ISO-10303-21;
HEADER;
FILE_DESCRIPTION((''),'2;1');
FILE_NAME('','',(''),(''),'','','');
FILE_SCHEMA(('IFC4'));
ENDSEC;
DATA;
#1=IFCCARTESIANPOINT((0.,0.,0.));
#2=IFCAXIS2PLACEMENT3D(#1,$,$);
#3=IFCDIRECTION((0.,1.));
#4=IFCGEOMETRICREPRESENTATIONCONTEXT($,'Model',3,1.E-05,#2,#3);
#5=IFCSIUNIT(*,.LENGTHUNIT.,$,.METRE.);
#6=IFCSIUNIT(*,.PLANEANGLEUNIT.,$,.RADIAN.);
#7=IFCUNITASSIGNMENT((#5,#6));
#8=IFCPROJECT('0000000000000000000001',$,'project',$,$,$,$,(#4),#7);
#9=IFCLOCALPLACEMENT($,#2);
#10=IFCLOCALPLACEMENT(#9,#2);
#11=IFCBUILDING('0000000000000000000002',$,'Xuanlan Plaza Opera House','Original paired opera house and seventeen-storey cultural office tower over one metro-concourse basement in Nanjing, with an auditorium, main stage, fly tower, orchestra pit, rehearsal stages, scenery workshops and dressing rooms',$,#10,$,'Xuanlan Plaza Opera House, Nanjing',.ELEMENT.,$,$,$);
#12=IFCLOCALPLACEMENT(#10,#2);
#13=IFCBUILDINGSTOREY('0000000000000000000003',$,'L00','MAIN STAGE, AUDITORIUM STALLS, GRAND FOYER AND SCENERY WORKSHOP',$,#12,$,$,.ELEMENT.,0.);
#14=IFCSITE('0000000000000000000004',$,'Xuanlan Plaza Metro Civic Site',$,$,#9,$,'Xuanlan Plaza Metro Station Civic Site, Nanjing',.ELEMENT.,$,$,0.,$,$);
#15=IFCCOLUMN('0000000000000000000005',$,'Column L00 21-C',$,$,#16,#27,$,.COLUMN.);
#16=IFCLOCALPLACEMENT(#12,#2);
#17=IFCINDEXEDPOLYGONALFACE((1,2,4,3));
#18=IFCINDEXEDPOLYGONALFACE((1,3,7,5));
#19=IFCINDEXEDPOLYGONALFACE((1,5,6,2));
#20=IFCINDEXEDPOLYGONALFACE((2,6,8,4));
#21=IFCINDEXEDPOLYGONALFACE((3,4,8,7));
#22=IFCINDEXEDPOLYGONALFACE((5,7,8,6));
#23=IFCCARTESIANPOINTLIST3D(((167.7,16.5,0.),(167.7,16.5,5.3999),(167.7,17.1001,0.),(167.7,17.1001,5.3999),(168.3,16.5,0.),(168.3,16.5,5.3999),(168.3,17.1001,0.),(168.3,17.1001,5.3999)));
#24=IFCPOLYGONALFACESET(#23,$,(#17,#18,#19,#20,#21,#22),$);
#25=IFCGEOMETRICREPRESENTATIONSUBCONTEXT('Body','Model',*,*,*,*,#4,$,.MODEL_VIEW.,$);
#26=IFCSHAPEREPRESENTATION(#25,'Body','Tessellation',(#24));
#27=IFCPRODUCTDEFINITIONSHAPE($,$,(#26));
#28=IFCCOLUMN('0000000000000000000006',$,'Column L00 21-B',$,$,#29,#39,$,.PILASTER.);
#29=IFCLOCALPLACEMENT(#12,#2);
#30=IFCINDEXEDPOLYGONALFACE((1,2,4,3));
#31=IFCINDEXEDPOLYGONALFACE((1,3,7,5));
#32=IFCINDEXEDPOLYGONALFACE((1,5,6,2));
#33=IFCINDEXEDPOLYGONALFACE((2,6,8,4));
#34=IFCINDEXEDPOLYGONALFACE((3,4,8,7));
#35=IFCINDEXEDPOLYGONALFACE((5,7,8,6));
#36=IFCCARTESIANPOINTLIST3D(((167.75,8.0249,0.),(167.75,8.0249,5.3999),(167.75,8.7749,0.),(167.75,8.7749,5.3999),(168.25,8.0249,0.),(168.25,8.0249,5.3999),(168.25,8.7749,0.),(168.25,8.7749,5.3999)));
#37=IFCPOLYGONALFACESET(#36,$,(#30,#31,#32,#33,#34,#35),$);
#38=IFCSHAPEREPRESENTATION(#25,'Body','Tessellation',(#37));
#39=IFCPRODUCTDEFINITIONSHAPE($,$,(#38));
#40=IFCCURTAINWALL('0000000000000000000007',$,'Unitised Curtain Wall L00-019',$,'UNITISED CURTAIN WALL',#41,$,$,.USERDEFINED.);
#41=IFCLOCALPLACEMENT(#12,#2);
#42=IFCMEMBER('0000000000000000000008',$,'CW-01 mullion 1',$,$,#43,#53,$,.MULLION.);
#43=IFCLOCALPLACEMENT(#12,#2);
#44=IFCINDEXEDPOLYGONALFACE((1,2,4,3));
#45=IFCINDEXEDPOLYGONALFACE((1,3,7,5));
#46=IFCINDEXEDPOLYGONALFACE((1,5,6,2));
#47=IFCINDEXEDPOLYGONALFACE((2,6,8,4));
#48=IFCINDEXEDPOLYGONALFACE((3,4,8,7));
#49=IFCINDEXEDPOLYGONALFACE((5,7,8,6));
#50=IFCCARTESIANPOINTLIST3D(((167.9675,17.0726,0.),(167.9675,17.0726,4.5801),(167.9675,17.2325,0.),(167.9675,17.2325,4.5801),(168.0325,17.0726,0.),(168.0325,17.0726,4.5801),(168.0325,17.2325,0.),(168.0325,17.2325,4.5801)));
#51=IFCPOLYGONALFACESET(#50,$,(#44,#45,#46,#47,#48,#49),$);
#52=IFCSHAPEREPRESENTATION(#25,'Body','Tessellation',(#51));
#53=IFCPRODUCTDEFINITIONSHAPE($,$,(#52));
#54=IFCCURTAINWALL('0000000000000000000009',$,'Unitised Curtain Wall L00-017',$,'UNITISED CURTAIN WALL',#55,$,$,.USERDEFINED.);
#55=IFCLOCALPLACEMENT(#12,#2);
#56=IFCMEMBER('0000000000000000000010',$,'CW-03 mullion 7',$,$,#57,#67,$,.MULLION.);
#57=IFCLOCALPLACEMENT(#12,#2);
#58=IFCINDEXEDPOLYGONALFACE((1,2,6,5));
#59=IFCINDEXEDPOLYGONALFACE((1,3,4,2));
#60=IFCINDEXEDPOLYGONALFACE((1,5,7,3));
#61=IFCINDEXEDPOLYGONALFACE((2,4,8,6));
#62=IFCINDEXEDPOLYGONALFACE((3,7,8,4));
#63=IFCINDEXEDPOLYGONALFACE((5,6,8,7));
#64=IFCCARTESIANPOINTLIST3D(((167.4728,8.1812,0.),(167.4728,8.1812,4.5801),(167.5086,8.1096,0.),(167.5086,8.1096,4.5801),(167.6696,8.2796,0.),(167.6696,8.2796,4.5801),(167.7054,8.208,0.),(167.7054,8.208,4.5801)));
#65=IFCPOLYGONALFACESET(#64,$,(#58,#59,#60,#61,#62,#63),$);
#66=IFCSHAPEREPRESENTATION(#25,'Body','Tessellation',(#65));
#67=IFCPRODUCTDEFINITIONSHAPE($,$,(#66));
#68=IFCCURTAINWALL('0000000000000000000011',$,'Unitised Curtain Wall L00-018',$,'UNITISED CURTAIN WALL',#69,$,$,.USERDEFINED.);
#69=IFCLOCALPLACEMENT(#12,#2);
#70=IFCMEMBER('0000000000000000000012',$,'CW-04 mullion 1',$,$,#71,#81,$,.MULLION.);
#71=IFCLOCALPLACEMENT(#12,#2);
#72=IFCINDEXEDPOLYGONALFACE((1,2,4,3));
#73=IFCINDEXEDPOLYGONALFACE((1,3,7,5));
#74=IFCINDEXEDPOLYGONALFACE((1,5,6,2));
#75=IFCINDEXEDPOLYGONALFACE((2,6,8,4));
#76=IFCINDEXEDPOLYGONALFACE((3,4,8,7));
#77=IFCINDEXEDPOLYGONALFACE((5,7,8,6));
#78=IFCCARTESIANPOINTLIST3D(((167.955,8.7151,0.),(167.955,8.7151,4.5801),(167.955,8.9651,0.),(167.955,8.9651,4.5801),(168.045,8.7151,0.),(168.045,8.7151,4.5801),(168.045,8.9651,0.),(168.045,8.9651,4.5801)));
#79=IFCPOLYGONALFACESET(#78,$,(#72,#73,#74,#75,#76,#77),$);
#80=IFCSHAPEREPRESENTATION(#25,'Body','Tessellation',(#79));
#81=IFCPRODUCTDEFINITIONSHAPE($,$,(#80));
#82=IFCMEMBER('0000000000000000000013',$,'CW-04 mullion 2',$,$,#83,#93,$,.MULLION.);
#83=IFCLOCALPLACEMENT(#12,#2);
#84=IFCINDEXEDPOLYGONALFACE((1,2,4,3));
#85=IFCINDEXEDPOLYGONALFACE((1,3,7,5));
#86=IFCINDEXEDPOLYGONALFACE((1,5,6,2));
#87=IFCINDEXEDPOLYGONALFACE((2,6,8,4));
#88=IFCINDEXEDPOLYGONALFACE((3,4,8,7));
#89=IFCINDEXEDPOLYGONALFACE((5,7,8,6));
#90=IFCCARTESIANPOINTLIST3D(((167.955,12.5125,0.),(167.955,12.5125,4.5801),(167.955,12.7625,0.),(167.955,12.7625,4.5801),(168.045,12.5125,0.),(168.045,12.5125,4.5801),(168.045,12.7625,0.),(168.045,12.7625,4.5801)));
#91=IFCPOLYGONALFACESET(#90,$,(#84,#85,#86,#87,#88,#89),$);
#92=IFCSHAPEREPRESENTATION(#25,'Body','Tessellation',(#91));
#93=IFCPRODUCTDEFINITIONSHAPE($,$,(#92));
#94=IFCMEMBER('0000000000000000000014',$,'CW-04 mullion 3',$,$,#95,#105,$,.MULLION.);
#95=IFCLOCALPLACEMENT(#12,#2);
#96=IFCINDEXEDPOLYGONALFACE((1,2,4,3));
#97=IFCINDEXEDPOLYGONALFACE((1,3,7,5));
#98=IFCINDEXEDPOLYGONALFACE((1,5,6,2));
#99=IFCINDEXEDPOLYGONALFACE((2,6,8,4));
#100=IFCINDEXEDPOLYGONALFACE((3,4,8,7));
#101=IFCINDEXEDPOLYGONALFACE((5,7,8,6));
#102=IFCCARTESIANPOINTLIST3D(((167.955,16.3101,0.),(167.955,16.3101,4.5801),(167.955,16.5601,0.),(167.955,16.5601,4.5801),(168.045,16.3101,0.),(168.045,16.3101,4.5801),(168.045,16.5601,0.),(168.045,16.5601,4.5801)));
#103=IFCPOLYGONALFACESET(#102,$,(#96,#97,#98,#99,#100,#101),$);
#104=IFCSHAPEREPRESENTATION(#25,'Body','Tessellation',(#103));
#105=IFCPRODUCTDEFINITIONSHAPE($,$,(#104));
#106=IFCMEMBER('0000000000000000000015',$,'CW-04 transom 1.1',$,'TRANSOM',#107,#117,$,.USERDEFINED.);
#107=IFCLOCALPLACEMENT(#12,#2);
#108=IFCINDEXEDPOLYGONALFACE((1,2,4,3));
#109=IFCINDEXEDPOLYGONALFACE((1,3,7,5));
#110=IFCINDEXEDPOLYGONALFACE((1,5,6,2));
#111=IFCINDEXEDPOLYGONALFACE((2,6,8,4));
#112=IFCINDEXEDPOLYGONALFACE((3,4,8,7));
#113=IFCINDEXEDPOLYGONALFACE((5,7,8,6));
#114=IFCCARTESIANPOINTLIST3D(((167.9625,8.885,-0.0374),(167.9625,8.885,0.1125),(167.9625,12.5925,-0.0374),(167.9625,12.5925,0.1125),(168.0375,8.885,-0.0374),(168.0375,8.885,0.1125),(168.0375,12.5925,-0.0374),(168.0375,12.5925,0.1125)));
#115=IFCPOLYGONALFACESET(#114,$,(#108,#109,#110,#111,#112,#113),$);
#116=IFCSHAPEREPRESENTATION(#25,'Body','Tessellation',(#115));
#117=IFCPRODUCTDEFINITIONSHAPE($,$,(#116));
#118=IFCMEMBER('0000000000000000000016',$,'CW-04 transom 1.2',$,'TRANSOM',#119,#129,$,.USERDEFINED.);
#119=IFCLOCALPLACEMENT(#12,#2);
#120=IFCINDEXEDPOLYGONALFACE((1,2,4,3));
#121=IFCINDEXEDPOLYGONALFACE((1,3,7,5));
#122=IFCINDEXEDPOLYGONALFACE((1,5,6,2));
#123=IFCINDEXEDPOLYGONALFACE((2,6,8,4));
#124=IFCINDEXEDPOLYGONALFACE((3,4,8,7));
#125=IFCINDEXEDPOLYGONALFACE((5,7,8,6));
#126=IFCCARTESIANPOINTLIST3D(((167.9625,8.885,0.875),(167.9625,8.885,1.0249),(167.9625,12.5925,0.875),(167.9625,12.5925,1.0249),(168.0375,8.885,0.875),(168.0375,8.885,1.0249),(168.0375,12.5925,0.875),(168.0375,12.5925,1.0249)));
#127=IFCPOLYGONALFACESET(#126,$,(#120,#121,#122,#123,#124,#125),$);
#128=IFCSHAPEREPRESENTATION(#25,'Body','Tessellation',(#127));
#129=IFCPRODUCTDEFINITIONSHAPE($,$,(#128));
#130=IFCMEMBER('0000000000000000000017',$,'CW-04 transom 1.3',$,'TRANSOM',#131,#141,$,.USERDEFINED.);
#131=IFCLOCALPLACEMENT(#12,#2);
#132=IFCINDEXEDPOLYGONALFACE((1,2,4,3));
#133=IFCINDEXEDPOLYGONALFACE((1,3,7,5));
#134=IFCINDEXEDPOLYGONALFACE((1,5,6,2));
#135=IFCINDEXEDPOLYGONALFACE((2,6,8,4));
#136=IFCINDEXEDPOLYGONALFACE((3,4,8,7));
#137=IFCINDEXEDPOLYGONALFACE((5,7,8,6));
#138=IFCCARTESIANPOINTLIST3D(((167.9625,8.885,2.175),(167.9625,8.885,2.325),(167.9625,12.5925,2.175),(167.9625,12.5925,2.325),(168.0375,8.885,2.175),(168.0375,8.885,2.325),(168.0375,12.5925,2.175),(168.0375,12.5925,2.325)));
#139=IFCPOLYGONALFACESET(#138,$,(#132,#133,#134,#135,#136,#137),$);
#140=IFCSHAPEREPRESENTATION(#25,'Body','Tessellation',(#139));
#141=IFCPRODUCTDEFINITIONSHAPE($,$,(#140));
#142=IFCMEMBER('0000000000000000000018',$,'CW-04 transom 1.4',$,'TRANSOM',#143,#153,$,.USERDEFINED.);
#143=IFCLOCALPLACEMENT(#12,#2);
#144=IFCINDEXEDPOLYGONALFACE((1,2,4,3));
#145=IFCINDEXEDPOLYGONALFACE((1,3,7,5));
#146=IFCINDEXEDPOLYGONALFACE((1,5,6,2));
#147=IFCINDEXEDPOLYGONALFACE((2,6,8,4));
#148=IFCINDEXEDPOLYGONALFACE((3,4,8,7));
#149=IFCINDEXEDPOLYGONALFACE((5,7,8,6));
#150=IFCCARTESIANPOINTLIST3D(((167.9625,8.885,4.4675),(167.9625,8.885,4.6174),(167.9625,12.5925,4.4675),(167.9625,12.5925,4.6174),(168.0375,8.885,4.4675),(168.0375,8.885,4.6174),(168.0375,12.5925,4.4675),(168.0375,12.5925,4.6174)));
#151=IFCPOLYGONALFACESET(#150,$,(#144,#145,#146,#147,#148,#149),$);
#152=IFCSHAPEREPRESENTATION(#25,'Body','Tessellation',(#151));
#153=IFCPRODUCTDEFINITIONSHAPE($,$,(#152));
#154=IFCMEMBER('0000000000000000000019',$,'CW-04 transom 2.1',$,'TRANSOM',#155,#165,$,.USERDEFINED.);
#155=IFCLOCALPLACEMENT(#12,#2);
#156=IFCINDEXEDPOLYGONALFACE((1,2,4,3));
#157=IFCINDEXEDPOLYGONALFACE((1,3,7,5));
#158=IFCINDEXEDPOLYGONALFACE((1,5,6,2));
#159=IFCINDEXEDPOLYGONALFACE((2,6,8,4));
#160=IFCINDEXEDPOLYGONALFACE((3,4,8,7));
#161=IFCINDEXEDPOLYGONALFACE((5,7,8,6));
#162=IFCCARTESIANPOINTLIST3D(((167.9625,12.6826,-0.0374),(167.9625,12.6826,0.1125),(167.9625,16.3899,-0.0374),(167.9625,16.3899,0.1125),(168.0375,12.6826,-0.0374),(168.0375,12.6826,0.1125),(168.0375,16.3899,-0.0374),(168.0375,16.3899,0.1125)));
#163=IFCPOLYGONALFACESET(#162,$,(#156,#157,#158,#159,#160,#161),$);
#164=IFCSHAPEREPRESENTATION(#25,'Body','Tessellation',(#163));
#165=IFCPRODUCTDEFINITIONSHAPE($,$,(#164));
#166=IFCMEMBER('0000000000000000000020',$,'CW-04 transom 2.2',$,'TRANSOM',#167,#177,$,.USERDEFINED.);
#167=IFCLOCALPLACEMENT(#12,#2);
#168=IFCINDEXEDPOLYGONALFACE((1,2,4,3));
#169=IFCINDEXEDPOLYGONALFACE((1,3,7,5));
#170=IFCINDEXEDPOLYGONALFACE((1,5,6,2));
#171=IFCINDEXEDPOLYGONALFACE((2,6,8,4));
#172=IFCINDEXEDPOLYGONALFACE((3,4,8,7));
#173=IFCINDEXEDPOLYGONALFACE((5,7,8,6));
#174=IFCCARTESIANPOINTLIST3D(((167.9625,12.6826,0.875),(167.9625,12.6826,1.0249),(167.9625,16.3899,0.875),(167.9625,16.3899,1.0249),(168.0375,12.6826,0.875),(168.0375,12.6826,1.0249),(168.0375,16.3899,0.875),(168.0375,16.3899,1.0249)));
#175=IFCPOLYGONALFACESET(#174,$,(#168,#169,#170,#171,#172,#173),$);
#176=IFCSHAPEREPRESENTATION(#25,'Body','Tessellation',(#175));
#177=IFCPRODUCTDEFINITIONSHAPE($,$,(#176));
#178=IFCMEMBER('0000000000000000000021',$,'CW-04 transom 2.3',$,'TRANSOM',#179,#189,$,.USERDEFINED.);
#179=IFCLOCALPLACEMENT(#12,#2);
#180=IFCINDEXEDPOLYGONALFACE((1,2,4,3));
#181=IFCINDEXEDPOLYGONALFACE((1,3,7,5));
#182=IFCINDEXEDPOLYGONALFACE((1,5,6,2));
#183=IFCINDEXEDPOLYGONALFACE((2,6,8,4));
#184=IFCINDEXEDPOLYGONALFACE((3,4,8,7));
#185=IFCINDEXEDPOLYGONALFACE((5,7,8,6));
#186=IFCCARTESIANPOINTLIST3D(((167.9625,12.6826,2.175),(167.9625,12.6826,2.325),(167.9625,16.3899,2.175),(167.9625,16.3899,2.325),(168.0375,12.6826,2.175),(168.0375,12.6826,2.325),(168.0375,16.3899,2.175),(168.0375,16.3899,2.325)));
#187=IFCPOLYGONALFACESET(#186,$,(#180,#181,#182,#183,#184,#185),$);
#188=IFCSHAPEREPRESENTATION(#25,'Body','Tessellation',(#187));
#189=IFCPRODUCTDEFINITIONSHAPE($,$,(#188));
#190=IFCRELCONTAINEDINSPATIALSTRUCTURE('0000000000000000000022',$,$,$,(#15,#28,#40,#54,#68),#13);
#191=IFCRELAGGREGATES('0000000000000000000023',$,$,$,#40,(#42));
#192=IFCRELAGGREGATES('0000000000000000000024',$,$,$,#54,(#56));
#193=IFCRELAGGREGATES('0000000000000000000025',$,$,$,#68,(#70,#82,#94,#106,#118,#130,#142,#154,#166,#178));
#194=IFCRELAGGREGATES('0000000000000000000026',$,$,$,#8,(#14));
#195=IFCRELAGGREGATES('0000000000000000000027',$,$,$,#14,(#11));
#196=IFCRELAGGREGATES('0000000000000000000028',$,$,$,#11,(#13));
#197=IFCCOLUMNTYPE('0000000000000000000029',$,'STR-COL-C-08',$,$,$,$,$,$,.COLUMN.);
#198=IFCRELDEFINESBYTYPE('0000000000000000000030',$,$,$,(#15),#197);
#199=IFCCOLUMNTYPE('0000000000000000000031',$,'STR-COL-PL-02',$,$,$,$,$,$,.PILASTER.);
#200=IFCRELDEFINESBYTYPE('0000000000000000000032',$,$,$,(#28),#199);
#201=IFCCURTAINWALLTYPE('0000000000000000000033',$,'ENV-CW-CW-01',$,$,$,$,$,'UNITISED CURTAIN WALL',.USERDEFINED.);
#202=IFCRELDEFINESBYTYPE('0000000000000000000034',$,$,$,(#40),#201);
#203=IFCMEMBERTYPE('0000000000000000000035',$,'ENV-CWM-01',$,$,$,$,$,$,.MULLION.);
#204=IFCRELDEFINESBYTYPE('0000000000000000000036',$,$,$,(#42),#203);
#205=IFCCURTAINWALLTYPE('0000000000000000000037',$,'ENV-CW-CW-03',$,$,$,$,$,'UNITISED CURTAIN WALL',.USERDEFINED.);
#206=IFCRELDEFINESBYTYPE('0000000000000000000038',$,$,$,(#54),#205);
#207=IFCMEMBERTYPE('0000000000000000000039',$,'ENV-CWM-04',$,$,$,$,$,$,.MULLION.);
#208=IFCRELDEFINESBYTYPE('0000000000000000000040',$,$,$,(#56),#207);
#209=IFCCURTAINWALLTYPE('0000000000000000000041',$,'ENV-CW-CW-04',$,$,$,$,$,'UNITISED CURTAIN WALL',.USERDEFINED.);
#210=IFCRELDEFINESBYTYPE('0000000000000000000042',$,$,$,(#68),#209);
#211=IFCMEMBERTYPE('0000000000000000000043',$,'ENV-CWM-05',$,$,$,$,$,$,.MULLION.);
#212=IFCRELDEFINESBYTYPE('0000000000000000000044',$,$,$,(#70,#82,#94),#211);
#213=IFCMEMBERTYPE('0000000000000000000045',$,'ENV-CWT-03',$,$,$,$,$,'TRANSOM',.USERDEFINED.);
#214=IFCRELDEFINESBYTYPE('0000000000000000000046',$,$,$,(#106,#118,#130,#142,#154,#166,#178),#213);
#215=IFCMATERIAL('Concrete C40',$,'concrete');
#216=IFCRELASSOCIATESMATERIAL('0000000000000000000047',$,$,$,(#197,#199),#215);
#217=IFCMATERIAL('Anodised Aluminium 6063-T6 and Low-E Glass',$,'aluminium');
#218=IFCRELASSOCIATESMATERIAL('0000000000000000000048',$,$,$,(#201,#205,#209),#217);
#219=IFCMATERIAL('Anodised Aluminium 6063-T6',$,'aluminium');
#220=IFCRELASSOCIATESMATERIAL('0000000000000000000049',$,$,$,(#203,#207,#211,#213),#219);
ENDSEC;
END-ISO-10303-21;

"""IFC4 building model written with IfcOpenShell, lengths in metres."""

from ifc_helpers import new_model, si_unit, direction, frame, origin, origin_2d, place, context, subcontext, project, spatial, rectangle, extrude, material, material_profile, profile_set, type_object, element, aggregate, save


model = new_model("IFC4")

# Units and contexts
model_context = context("Model", 3, precision=1e-05, world=origin(), true_north=direction((0.0, 1.0)))
body_context = subcontext(model_context, "Body", "Model", "MODEL_VIEW")
ifc_project = project(units=[si_unit("LENGTHUNIT", "METRE"), si_unit("PLANEANGLEUNIT", "RADIAN")], contexts=[model_context])

# Site, building, storey
site_placement = place(None, origin())
site = spatial("IfcSite", under=ifc_project, at=site_placement, Name="Xuanlan Plaza Metro Civic Site", LongName="Xuanlan Plaza Metro Station Civic Site, Nanjing", CompositionType="ELEMENT", RefElevation=0.0)
building_placement = place(site_placement, origin())
building = spatial("IfcBuilding", under=site, at=building_placement, Name="Xuanlan Plaza Opera House", Description="Original paired opera house and seventeen-storey cultural office tower over one metro-concourse basement in Nanjing, with an auditorium, main stage, fly tower, orchestra pit, rehearsal stages, scenery workshops and dressing rooms", LongName="Xuanlan Plaza Opera House, Nanjing", CompositionType="ELEMENT")
storey_placement = place(building_placement, origin())
storey = spatial("IfcBuildingStorey", under=building, at=storey_placement, Name="L00", Description="MAIN STAGE, AUDITORIUM STALLS, GRAND FOYER AND SCENERY WORKSHOP", CompositionType="ELEMENT", Elevation=0.0)

# Columns
ifc_material_1 = material(Name="Concrete C40", Category="concrete")
ifc_material_profile_1 = material_profile(ifc_material_1, rectangle(XDim=0.6001, YDim=0.6001, at=origin_2d()), Name="RC-COL 600x600")
ifc_profile_set_1 = profile_set([ifc_material_profile_1], Name="Concrete C40")
column_type_1 = type_object("IfcColumnType", Name="STR-COL-C-08", PredefinedType="COLUMN", material=ifc_profile_set_1)
column_1_placement = place(storey_placement, frame((168.0, 16.8, 0.0), z_axis=(0.0, 0.0, 1.0), x_axis=(1.0, 0.0, 0.0)))
element("IfcColumn", 1, at=column_1_placement, inside=storey, type_object=column_type_1, Name="Column L00 21-C", PredefinedType="COLUMN", context=body_context, shape_type="SweptSolid", body=[
    extrude(rectangle(XDim=0.6001, YDim=0.6001, at=origin_2d()), origin(), (0.0, 0.0, 1.0), 5.3999),
])
ifc_material_profile_2 = material_profile(ifc_material_1, rectangle(XDim=0.5, YDim=0.75, at=origin_2d()), Name="RC-PIL 500x750")
ifc_profile_set_2 = profile_set([ifc_material_profile_2], Name="Concrete C40")
column_type_2 = type_object("IfcColumnType", Name="STR-COL-PL-02", PredefinedType="PILASTER", material=ifc_profile_set_2)
column_2_placement = place(storey_placement, frame((168.0, 8.3999, 0.0), z_axis=(0.0, 0.0, 1.0), x_axis=(1.0, 0.0, 0.0)))
element("IfcColumn", 2, at=column_2_placement, inside=storey, type_object=column_type_2, Name="Column L00 21-B", PredefinedType="PILASTER", context=body_context, shape_type="SweptSolid", body=[
    extrude(rectangle(XDim=0.5, YDim=0.75, at=origin_2d()), origin(), (0.0, 0.0, 1.0), 5.3999),
])

# Curtain walls, members
ifc_material_2 = material(Name="Anodised Aluminium 6063-T6 and Low-E Glass", Category="aluminium")
curtain_wall_type_1 = type_object("IfcCurtainWallType", Name="ENV-CW-CW-01", ElementType="UNITISED CURTAIN WALL", PredefinedType="USERDEFINED", material=ifc_material_2)
curtain_wall_1_placement = place(storey_placement, origin())
curtain_wall_1 = element("IfcCurtainWall", 3, at=curtain_wall_1_placement, inside=storey, type_object=curtain_wall_type_1, Name="Unitised Curtain Wall L00-019", ObjectType="UNITISED CURTAIN WALL", PredefinedType="USERDEFINED")
ifc_material_3 = material(Name="Anodised Aluminium 6063-T6", Category="aluminium")
ifc_material_profile_3 = material_profile(ifc_material_3, rectangle(XDim=0.0649, YDim=0.1599, at=origin_2d()), Name="ALU-M 65x160")
ifc_profile_set_3 = profile_set([ifc_material_profile_3], Name="Anodised Aluminium 6063-T6")
member_type_1 = type_object("IfcMemberType", Name="ENV-CWM-01", PredefinedType="MULLION", material=ifc_profile_set_3)
member_1_placement = place(storey_placement, frame((168.0, 17.1526, 0.0), z_axis=(0.0, 0.0, 1.0), x_axis=(-1.0, 0.0, 0.0)))
member_1 = element("IfcMember", 4, at=member_1_placement, type_object=member_type_1, Name="CW-01 mullion 1", PredefinedType="MULLION", context=body_context, shape_type="SweptSolid", body=[
    extrude(rectangle(XDim=0.0649, YDim=0.1599, at=origin_2d()), origin(), (0.0, 0.0, 1.0), 4.5801),
])
aggregate(curtain_wall_1, [member_1])
curtain_wall_type_2 = type_object("IfcCurtainWallType", Name="ENV-CW-CW-03", ElementType="UNITISED CURTAIN WALL", PredefinedType="USERDEFINED", material=ifc_material_2)
curtain_wall_2_placement = place(storey_placement, origin())
curtain_wall_2 = element("IfcCurtainWall", 5, at=curtain_wall_2_placement, inside=storey, type_object=curtain_wall_type_2, Name="Unitised Curtain Wall L00-017", ObjectType="UNITISED CURTAIN WALL", PredefinedType="USERDEFINED")
ifc_material_profile_4 = material_profile(ifc_material_3, rectangle(XDim=0.0801, YDim=0.22, at=origin_2d()), Name="ALU-M 80x220")
ifc_profile_set_4 = profile_set([ifc_material_profile_4], Name="Anodised Aluminium 6063-T6")
member_type_2 = type_object("IfcMemberType", Name="ENV-CWM-04", PredefinedType="MULLION", material=ifc_profile_set_4)
member_2_placement = place(storey_placement, frame((167.5891, 8.1946, 0.0), z_axis=(0.0, 0.0, 1.0), x_axis=(-0.447214, 0.894427, 0.0)))
member_2 = element("IfcMember", 6, at=member_2_placement, type_object=member_type_2, Name="CW-03 mullion 7", PredefinedType="MULLION", context=body_context, shape_type="SweptSolid", body=[
    extrude(rectangle(XDim=0.0801, YDim=0.22, at=origin_2d()), origin(), (0.0, 0.0, 1.0), 4.5801),
])
aggregate(curtain_wall_2, [member_2])

# Curtain wall, members
curtain_wall_type_3 = type_object("IfcCurtainWallType", Name="ENV-CW-CW-04", ElementType="UNITISED CURTAIN WALL", PredefinedType="USERDEFINED", material=ifc_material_2)
curtain_wall_3_placement = place(storey_placement, origin())
curtain_wall_3 = element("IfcCurtainWall", 7, at=curtain_wall_3_placement, inside=storey, type_object=curtain_wall_type_3, Name="Unitised Curtain Wall L00-018", ObjectType="UNITISED CURTAIN WALL", PredefinedType="USERDEFINED")
ifc_material_profile_5 = material_profile(ifc_material_3, rectangle(XDim=0.0901, YDim=0.25, at=origin_2d()), Name="ALU-M 90x250")
ifc_profile_set_5 = profile_set([ifc_material_profile_5], Name="Anodised Aluminium 6063-T6")
member_type_3 = type_object("IfcMemberType", Name="ENV-CWM-05", PredefinedType="MULLION", material=ifc_profile_set_5)
member_3_placement = place(storey_placement, frame((168.0, 8.8401, 0.0), z_axis=(0.0, 0.0, 1.0), x_axis=(-1.0, 0.0, 0.0)))
member_3 = element("IfcMember", 8, at=member_3_placement, type_object=member_type_3, Name="CW-04 mullion 1", PredefinedType="MULLION", context=body_context, shape_type="SweptSolid", body=[
    extrude(rectangle(XDim=0.0901, YDim=0.25, at=origin_2d()), origin(), (0.0, 0.0, 1.0), 4.5801),
])
member_4_placement = place(storey_placement, frame((168.0, 12.6375, 0.0), z_axis=(0.0, 0.0, 1.0), x_axis=(-1.0, 0.0, 0.0)))
member_4 = element("IfcMember", 9, at=member_4_placement, type_object=member_type_3, Name="CW-04 mullion 2", PredefinedType="MULLION", context=body_context, shape_type="SweptSolid", body=[
    extrude(rectangle(XDim=0.0901, YDim=0.25, at=origin_2d()), origin(), (0.0, 0.0, 1.0), 4.5801),
])
member_5_placement = place(storey_placement, frame((168.0, 16.4351, 0.0), z_axis=(0.0, 0.0, 1.0), x_axis=(-1.0, 0.0, 0.0)))
member_5 = element("IfcMember", 10, at=member_5_placement, type_object=member_type_3, Name="CW-04 mullion 3", PredefinedType="MULLION", context=body_context, shape_type="SweptSolid", body=[
    extrude(rectangle(XDim=0.0901, YDim=0.25, at=origin_2d()), origin(), (0.0, 0.0, 1.0), 4.5801),
])
ifc_material_profile_6 = material_profile(ifc_material_3, rectangle(XDim=0.075, YDim=0.1499, at=origin_2d()), Name="ALU-T 75x150")
ifc_profile_set_6 = profile_set([ifc_material_profile_6], Name="Anodised Aluminium 6063-T6")
member_type_4 = type_object("IfcMemberType", Name="ENV-CWT-03", ElementType="TRANSOM", PredefinedType="USERDEFINED", material=ifc_profile_set_6)
member_6_placement = place(storey_placement, frame((168.0, 8.885, 0.0376), z_axis=(0.0, 1.0, 0.0), x_axis=(-1.0, 0.0, 0.0)))
member_6 = element("IfcMember", 11, at=member_6_placement, type_object=member_type_4, Name="CW-04 transom 1.1", ObjectType="TRANSOM", PredefinedType="USERDEFINED", context=body_context, shape_type="SweptSolid", body=[
    extrude(rectangle(XDim=0.075, YDim=0.1499, at=origin_2d()), origin(), (0.0, 0.0, 1.0), 3.7075),
])
member_7_placement = place(storey_placement, frame((168.0, 8.885, 0.95), z_axis=(0.0, 1.0, 0.0), x_axis=(-1.0, 0.0, 0.0)))
member_7 = element("IfcMember", 12, at=member_7_placement, type_object=member_type_4, Name="CW-04 transom 1.2", ObjectType="TRANSOM", PredefinedType="USERDEFINED", context=body_context, shape_type="SweptSolid", body=[
    extrude(rectangle(XDim=0.075, YDim=0.1499, at=origin_2d()), origin(), (0.0, 0.0, 1.0), 3.7075),
])
member_8_placement = place(storey_placement, frame((168.0, 8.885, 2.25), z_axis=(0.0, 1.0, 0.0), x_axis=(-1.0, 0.0, 0.0)))
member_8 = element("IfcMember", 13, at=member_8_placement, type_object=member_type_4, Name="CW-04 transom 1.3", ObjectType="TRANSOM", PredefinedType="USERDEFINED", context=body_context, shape_type="SweptSolid", body=[
    extrude(rectangle(XDim=0.075, YDim=0.1499, at=origin_2d()), origin(), (0.0, 0.0, 1.0), 3.7075),
])
member_9_placement = place(storey_placement, frame((168.0, 8.885, 4.5425), z_axis=(0.0, 1.0, 0.0), x_axis=(-1.0, 0.0, 0.0)))
member_9 = element("IfcMember", 14, at=member_9_placement, type_object=member_type_4, Name="CW-04 transom 1.4", ObjectType="TRANSOM", PredefinedType="USERDEFINED", context=body_context, shape_type="SweptSolid", body=[
    extrude(rectangle(XDim=0.075, YDim=0.1499, at=origin_2d()), origin(), (0.0, 0.0, 1.0), 3.7075),
])
member_10_placement = place(storey_placement, frame((168.0, 12.6826, 0.0376), z_axis=(0.0, 1.0, 0.0), x_axis=(-1.0, 0.0, 0.0)))
member_10 = element("IfcMember", 15, at=member_10_placement, type_object=member_type_4, Name="CW-04 transom 2.1", ObjectType="TRANSOM", PredefinedType="USERDEFINED", context=body_context, shape_type="SweptSolid", body=[
    extrude(rectangle(XDim=0.075, YDim=0.1499, at=origin_2d()), origin(), (0.0, 0.0, 1.0), 3.7073),
])
member_11_placement = place(storey_placement, frame((168.0, 12.6826, 0.95), z_axis=(0.0, 1.0, 0.0), x_axis=(-1.0, 0.0, 0.0)))
member_11 = element("IfcMember", 16, at=member_11_placement, type_object=member_type_4, Name="CW-04 transom 2.2", ObjectType="TRANSOM", PredefinedType="USERDEFINED", context=body_context, shape_type="SweptSolid", body=[
    extrude(rectangle(XDim=0.075, YDim=0.1499, at=origin_2d()), origin(), (0.0, 0.0, 1.0), 3.7073),
])
member_12_placement = place(storey_placement, frame((168.0, 12.6826, 2.25), z_axis=(0.0, 1.0, 0.0), x_axis=(-1.0, 0.0, 0.0)))
member_12 = element("IfcMember", 17, at=member_12_placement, type_object=member_type_4, Name="CW-04 transom 2.3", ObjectType="TRANSOM", PredefinedType="USERDEFINED", context=body_context, shape_type="SweptSolid", body=[
    extrude(rectangle(XDim=0.075, YDim=0.1499, at=origin_2d()), origin(), (0.0, 0.0, 1.0), 3.7073),
])

aggregate(curtain_wall_3, [member_3, member_4, member_5, member_6, member_7, member_8, member_9, member_10, member_11, member_12])

save(model, "model.ifc")
